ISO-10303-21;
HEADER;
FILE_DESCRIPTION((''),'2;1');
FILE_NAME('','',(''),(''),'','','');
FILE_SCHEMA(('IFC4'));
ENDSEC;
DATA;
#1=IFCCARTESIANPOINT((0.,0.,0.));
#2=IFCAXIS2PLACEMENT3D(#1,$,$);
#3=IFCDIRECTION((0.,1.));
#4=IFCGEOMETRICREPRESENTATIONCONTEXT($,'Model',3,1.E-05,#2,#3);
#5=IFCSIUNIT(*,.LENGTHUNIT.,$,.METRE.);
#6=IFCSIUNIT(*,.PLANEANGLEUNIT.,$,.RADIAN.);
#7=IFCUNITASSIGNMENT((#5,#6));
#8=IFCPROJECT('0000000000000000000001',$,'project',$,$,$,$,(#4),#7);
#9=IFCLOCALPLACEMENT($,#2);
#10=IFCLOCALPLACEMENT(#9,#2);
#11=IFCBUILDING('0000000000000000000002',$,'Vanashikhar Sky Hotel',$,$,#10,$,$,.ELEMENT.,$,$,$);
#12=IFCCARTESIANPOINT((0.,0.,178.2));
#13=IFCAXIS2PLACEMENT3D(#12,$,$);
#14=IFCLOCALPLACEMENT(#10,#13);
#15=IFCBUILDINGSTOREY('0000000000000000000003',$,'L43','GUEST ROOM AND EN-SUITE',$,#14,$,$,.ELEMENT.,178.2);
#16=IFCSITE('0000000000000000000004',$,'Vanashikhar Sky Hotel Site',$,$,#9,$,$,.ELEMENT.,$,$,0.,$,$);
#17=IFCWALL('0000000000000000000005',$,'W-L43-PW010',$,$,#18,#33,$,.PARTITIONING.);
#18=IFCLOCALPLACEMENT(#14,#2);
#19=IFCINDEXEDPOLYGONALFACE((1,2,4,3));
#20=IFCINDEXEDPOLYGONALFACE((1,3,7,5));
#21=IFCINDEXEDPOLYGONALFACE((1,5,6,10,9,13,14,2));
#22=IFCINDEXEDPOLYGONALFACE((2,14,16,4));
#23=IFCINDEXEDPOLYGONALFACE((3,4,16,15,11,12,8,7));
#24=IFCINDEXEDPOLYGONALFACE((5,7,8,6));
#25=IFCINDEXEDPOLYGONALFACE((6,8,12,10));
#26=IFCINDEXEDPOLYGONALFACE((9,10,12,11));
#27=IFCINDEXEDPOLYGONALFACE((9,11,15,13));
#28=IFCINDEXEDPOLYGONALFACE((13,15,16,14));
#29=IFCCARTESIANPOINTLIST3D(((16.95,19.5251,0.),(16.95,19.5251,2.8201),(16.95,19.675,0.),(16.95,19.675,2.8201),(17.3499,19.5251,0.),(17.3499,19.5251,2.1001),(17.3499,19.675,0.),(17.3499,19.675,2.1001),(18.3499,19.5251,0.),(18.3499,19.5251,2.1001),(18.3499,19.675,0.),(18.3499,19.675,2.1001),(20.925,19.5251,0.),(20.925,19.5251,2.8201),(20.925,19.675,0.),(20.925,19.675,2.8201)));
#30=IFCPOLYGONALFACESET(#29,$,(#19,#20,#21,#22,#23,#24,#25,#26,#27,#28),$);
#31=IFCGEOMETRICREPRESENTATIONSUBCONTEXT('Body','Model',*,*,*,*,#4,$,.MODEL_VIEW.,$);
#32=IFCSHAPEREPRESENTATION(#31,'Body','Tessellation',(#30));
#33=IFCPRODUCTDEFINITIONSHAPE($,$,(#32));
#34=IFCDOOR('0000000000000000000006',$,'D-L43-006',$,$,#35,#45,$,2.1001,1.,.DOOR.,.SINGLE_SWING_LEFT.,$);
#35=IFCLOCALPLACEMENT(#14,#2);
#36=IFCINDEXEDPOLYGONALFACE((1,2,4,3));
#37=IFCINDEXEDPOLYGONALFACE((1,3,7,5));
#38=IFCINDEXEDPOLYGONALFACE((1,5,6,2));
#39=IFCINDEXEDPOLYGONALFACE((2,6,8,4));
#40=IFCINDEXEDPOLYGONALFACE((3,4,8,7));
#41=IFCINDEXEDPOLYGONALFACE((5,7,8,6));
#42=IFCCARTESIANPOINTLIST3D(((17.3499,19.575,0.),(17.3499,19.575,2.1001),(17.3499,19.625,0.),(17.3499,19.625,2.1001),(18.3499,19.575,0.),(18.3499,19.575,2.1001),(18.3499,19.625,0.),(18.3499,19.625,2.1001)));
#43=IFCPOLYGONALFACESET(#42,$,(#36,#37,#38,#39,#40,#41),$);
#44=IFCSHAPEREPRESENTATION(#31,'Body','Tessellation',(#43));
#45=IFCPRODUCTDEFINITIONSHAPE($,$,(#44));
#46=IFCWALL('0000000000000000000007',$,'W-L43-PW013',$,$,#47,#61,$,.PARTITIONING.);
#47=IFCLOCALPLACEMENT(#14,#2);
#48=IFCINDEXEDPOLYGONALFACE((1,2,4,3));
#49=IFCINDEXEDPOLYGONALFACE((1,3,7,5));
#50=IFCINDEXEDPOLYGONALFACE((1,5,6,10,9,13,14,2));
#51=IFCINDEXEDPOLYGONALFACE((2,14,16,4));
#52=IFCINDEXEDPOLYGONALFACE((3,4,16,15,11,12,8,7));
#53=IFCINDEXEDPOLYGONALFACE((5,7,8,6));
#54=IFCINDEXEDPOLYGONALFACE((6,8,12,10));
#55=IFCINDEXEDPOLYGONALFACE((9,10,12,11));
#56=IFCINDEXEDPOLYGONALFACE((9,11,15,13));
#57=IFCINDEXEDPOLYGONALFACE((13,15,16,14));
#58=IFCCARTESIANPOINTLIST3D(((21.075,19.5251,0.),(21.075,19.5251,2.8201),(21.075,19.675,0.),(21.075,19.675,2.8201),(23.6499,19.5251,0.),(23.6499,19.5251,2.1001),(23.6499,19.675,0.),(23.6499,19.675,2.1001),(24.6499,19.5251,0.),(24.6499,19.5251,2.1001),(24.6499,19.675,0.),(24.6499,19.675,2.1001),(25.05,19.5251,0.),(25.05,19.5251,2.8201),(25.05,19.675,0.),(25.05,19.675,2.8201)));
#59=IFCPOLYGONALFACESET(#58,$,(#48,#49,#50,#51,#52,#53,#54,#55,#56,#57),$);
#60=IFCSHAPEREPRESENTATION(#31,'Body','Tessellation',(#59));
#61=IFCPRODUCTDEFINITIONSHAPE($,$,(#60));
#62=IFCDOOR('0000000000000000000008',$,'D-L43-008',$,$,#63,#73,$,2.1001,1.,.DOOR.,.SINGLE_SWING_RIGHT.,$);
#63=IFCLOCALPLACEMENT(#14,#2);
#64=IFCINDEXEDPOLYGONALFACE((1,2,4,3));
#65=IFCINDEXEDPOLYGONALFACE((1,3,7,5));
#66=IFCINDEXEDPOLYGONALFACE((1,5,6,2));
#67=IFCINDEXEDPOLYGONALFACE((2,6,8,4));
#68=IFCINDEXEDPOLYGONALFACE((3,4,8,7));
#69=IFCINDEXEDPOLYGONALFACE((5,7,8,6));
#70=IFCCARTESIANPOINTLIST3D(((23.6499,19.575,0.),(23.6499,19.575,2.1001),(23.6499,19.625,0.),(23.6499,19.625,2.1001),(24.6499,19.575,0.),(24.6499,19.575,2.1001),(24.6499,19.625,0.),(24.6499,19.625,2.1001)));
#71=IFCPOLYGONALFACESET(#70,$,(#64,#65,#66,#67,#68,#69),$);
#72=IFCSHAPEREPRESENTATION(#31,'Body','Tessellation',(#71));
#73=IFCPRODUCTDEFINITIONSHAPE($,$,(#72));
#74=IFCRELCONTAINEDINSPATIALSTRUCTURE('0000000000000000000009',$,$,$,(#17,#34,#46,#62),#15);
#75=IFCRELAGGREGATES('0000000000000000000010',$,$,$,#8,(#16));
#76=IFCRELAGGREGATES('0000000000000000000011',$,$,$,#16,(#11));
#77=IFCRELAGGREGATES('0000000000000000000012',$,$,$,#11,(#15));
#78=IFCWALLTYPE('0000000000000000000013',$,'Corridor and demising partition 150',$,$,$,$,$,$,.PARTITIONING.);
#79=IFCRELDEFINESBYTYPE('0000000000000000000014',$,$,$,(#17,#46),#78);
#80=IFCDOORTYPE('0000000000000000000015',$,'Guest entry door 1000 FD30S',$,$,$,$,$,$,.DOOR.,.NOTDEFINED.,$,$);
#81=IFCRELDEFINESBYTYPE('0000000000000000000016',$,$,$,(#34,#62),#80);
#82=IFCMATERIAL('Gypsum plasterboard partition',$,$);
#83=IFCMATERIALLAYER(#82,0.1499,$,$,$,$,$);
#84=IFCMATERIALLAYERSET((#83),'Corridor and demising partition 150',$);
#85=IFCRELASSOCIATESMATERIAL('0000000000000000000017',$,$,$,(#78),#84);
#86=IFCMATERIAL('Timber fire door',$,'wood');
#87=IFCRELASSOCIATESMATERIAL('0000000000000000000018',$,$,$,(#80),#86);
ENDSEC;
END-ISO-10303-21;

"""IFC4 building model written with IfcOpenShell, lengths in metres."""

from ifc_helpers import new_model, si_unit, direction, frame, frame_2d, origin, place, context, subcontext, project, spatial, rectangle, extrude, source, transform, mapped, material, layer, layer_set, type_object, element, fill, save


model = new_model("IFC4")

# Units and contexts
model_context = context("Model", 3, precision=1e-05, world=origin(), true_north=direction((0.0, 1.0)))
body_context = subcontext(model_context, "Body", "Model", "MODEL_VIEW")
ifc_project = project(units=[si_unit("LENGTHUNIT", "METRE"), si_unit("PLANEANGLEUNIT", "RADIAN")], contexts=[model_context])

# Site, building, storey
site_placement = place(None, origin())
site = spatial("IfcSite", under=ifc_project, at=site_placement, Name="Vanashikhar Sky Hotel Site", CompositionType="ELEMENT", RefElevation=0.0)
building_placement = place(site_placement, origin())
building = spatial("IfcBuilding", under=site, at=building_placement, Name="Vanashikhar Sky Hotel", CompositionType="ELEMENT")
storey_placement = place(building_placement, frame((0.0, 0.0, 178.2)))
storey = spatial("IfcBuildingStorey", under=building, at=storey_placement, Name="L43", Description="GUEST ROOM AND EN-SUITE", CompositionType="ELEMENT", Elevation=178.2)

# Shared definitions
ifc_material_1 = material(Name="Gypsum plasterboard partition")

# Walls, openings, doors
ifc_layer_1 = layer(ifc_material_1, 0.1499)
ifc_layer_set_1 = layer_set([ifc_layer_1], Name="Corridor and demising partition 150")
wall_type_1 = type_object("IfcWallType", Name="Corridor and demising partition 150", PredefinedType="PARTITIONING", material=ifc_layer_set_1)
shared_shape_1 = source(origin(), body_context, "Body", "SweptSolid", [
    extrude(rectangle(XDim=3.9751, YDim=0.1499, at=frame_2d((1.9875, 0.0))), origin(), (0.0, 0.0, 1.0), 2.8201),
])
wall_1_placement = place(storey_placement, frame((16.95, 19.6001, 0.0), z_axis=(0.0, 0.0, 1.0), x_axis=(1.0, 0.0, 0.0)))
wall_1 = element("IfcWall", 1, at=wall_1_placement, inside=storey, type_object=wall_type_1, Name="W-L43-PW010", PredefinedType="PARTITIONING", context=body_context, shape_type="MappedRepresentation", body=[
    mapped(shared_shape_1, transform((0.0, 0.0, 0.0), scale=1.0)),
])
shared_shape_2 = source(origin(), body_context, "Body", "SweptSolid", [
    extrude(rectangle(XDim=1.0, YDim=2.1001, at=frame_2d((0.5, 1.05))), frame((0.0, 0.085, 0.0), z_axis=(0.0, -1.0, 0.0), x_axis=(1.0, 0.0, 0.0)), (0.0, 0.0, 1.0), 0.1699),
])
opening_1_placement = place(wall_1_placement, frame((0.3999, 0.0, 0.0)))
opening_1 = element("IfcOpeningElement", 2, at=opening_1_placement, cuts=wall_1, PredefinedType="OPENING", context=body_context, shape_type="MappedRepresentation", body=[
    mapped(shared_shape_2, transform((0.0, 0.0, 0.0), scale=1.0)),
])
ifc_material_2 = material(Name="Timber fire door", Category="wood")
door_type_1 = type_object("IfcDoorType", Name="Guest entry door 1000 FD30S", OperationType="NOTDEFINED", PredefinedType="DOOR", material=ifc_material_2)
shared_shape_3 = source(origin(), body_context, "Body", "SweptSolid", [
    extrude(rectangle(XDim=1.0, YDim=2.1001, at=frame_2d((0.5, 1.05))), frame((0.0, 0.0249, 0.0), z_axis=(0.0, -1.0, 0.0), x_axis=(1.0, 0.0, 0.0)), (0.0, 0.0, 1.0), 0.05),
])
door_1_placement = place(opening_1_placement, origin())
door_1 = element("IfcDoor", 3, at=door_1_placement, inside=storey, type_object=door_type_1, Name="D-L43-006", OperationType="SINGLE_SWING_LEFT", OverallHeight=2.1001, OverallWidth=1.0, PredefinedType="DOOR", context=body_context, shape_type="MappedRepresentation", body=[
    mapped(shared_shape_3, transform((0.0, 0.0, 0.0), scale=1.0)),
])
fill(opening_1, door_1)
wall_2_placement = place(storey_placement, frame((21.075, 19.6001, 0.0), z_axis=(0.0, 0.0, 1.0), x_axis=(1.0, 0.0, 0.0)))
wall_2 = element("IfcWall", 4, at=wall_2_placement, inside=storey, type_object=wall_type_1, Name="W-L43-PW013", PredefinedType="PARTITIONING", context=body_context, shape_type="MappedRepresentation", body=[
    mapped(shared_shape_1, transform((0.0, 0.0, 0.0), scale=1.0)),
])
opening_2_placement = place(wall_2_placement, frame((2.575, 0.0, 0.0)))
opening_2 = element("IfcOpeningElement", 5, at=opening_2_placement, cuts=wall_2, PredefinedType="OPENING", context=body_context, shape_type="MappedRepresentation", body=[
    mapped(shared_shape_2, transform((0.0, 0.0, 0.0), scale=1.0)),
])
door_2_placement = place(opening_2_placement, origin())
door_2 = element("IfcDoor", 6, at=door_2_placement, inside=storey, type_object=door_type_1, Name="D-L43-008", OperationType="SINGLE_SWING_RIGHT", OverallHeight=2.1001, OverallWidth=1.0, PredefinedType="DOOR", context=body_context, shape_type="MappedRepresentation", body=[
    mapped(shared_shape_3, transform((0.0, 0.0, 0.0), scale=1.0)),
])
fill(opening_2, door_2)

save(model, "model.ifc")
